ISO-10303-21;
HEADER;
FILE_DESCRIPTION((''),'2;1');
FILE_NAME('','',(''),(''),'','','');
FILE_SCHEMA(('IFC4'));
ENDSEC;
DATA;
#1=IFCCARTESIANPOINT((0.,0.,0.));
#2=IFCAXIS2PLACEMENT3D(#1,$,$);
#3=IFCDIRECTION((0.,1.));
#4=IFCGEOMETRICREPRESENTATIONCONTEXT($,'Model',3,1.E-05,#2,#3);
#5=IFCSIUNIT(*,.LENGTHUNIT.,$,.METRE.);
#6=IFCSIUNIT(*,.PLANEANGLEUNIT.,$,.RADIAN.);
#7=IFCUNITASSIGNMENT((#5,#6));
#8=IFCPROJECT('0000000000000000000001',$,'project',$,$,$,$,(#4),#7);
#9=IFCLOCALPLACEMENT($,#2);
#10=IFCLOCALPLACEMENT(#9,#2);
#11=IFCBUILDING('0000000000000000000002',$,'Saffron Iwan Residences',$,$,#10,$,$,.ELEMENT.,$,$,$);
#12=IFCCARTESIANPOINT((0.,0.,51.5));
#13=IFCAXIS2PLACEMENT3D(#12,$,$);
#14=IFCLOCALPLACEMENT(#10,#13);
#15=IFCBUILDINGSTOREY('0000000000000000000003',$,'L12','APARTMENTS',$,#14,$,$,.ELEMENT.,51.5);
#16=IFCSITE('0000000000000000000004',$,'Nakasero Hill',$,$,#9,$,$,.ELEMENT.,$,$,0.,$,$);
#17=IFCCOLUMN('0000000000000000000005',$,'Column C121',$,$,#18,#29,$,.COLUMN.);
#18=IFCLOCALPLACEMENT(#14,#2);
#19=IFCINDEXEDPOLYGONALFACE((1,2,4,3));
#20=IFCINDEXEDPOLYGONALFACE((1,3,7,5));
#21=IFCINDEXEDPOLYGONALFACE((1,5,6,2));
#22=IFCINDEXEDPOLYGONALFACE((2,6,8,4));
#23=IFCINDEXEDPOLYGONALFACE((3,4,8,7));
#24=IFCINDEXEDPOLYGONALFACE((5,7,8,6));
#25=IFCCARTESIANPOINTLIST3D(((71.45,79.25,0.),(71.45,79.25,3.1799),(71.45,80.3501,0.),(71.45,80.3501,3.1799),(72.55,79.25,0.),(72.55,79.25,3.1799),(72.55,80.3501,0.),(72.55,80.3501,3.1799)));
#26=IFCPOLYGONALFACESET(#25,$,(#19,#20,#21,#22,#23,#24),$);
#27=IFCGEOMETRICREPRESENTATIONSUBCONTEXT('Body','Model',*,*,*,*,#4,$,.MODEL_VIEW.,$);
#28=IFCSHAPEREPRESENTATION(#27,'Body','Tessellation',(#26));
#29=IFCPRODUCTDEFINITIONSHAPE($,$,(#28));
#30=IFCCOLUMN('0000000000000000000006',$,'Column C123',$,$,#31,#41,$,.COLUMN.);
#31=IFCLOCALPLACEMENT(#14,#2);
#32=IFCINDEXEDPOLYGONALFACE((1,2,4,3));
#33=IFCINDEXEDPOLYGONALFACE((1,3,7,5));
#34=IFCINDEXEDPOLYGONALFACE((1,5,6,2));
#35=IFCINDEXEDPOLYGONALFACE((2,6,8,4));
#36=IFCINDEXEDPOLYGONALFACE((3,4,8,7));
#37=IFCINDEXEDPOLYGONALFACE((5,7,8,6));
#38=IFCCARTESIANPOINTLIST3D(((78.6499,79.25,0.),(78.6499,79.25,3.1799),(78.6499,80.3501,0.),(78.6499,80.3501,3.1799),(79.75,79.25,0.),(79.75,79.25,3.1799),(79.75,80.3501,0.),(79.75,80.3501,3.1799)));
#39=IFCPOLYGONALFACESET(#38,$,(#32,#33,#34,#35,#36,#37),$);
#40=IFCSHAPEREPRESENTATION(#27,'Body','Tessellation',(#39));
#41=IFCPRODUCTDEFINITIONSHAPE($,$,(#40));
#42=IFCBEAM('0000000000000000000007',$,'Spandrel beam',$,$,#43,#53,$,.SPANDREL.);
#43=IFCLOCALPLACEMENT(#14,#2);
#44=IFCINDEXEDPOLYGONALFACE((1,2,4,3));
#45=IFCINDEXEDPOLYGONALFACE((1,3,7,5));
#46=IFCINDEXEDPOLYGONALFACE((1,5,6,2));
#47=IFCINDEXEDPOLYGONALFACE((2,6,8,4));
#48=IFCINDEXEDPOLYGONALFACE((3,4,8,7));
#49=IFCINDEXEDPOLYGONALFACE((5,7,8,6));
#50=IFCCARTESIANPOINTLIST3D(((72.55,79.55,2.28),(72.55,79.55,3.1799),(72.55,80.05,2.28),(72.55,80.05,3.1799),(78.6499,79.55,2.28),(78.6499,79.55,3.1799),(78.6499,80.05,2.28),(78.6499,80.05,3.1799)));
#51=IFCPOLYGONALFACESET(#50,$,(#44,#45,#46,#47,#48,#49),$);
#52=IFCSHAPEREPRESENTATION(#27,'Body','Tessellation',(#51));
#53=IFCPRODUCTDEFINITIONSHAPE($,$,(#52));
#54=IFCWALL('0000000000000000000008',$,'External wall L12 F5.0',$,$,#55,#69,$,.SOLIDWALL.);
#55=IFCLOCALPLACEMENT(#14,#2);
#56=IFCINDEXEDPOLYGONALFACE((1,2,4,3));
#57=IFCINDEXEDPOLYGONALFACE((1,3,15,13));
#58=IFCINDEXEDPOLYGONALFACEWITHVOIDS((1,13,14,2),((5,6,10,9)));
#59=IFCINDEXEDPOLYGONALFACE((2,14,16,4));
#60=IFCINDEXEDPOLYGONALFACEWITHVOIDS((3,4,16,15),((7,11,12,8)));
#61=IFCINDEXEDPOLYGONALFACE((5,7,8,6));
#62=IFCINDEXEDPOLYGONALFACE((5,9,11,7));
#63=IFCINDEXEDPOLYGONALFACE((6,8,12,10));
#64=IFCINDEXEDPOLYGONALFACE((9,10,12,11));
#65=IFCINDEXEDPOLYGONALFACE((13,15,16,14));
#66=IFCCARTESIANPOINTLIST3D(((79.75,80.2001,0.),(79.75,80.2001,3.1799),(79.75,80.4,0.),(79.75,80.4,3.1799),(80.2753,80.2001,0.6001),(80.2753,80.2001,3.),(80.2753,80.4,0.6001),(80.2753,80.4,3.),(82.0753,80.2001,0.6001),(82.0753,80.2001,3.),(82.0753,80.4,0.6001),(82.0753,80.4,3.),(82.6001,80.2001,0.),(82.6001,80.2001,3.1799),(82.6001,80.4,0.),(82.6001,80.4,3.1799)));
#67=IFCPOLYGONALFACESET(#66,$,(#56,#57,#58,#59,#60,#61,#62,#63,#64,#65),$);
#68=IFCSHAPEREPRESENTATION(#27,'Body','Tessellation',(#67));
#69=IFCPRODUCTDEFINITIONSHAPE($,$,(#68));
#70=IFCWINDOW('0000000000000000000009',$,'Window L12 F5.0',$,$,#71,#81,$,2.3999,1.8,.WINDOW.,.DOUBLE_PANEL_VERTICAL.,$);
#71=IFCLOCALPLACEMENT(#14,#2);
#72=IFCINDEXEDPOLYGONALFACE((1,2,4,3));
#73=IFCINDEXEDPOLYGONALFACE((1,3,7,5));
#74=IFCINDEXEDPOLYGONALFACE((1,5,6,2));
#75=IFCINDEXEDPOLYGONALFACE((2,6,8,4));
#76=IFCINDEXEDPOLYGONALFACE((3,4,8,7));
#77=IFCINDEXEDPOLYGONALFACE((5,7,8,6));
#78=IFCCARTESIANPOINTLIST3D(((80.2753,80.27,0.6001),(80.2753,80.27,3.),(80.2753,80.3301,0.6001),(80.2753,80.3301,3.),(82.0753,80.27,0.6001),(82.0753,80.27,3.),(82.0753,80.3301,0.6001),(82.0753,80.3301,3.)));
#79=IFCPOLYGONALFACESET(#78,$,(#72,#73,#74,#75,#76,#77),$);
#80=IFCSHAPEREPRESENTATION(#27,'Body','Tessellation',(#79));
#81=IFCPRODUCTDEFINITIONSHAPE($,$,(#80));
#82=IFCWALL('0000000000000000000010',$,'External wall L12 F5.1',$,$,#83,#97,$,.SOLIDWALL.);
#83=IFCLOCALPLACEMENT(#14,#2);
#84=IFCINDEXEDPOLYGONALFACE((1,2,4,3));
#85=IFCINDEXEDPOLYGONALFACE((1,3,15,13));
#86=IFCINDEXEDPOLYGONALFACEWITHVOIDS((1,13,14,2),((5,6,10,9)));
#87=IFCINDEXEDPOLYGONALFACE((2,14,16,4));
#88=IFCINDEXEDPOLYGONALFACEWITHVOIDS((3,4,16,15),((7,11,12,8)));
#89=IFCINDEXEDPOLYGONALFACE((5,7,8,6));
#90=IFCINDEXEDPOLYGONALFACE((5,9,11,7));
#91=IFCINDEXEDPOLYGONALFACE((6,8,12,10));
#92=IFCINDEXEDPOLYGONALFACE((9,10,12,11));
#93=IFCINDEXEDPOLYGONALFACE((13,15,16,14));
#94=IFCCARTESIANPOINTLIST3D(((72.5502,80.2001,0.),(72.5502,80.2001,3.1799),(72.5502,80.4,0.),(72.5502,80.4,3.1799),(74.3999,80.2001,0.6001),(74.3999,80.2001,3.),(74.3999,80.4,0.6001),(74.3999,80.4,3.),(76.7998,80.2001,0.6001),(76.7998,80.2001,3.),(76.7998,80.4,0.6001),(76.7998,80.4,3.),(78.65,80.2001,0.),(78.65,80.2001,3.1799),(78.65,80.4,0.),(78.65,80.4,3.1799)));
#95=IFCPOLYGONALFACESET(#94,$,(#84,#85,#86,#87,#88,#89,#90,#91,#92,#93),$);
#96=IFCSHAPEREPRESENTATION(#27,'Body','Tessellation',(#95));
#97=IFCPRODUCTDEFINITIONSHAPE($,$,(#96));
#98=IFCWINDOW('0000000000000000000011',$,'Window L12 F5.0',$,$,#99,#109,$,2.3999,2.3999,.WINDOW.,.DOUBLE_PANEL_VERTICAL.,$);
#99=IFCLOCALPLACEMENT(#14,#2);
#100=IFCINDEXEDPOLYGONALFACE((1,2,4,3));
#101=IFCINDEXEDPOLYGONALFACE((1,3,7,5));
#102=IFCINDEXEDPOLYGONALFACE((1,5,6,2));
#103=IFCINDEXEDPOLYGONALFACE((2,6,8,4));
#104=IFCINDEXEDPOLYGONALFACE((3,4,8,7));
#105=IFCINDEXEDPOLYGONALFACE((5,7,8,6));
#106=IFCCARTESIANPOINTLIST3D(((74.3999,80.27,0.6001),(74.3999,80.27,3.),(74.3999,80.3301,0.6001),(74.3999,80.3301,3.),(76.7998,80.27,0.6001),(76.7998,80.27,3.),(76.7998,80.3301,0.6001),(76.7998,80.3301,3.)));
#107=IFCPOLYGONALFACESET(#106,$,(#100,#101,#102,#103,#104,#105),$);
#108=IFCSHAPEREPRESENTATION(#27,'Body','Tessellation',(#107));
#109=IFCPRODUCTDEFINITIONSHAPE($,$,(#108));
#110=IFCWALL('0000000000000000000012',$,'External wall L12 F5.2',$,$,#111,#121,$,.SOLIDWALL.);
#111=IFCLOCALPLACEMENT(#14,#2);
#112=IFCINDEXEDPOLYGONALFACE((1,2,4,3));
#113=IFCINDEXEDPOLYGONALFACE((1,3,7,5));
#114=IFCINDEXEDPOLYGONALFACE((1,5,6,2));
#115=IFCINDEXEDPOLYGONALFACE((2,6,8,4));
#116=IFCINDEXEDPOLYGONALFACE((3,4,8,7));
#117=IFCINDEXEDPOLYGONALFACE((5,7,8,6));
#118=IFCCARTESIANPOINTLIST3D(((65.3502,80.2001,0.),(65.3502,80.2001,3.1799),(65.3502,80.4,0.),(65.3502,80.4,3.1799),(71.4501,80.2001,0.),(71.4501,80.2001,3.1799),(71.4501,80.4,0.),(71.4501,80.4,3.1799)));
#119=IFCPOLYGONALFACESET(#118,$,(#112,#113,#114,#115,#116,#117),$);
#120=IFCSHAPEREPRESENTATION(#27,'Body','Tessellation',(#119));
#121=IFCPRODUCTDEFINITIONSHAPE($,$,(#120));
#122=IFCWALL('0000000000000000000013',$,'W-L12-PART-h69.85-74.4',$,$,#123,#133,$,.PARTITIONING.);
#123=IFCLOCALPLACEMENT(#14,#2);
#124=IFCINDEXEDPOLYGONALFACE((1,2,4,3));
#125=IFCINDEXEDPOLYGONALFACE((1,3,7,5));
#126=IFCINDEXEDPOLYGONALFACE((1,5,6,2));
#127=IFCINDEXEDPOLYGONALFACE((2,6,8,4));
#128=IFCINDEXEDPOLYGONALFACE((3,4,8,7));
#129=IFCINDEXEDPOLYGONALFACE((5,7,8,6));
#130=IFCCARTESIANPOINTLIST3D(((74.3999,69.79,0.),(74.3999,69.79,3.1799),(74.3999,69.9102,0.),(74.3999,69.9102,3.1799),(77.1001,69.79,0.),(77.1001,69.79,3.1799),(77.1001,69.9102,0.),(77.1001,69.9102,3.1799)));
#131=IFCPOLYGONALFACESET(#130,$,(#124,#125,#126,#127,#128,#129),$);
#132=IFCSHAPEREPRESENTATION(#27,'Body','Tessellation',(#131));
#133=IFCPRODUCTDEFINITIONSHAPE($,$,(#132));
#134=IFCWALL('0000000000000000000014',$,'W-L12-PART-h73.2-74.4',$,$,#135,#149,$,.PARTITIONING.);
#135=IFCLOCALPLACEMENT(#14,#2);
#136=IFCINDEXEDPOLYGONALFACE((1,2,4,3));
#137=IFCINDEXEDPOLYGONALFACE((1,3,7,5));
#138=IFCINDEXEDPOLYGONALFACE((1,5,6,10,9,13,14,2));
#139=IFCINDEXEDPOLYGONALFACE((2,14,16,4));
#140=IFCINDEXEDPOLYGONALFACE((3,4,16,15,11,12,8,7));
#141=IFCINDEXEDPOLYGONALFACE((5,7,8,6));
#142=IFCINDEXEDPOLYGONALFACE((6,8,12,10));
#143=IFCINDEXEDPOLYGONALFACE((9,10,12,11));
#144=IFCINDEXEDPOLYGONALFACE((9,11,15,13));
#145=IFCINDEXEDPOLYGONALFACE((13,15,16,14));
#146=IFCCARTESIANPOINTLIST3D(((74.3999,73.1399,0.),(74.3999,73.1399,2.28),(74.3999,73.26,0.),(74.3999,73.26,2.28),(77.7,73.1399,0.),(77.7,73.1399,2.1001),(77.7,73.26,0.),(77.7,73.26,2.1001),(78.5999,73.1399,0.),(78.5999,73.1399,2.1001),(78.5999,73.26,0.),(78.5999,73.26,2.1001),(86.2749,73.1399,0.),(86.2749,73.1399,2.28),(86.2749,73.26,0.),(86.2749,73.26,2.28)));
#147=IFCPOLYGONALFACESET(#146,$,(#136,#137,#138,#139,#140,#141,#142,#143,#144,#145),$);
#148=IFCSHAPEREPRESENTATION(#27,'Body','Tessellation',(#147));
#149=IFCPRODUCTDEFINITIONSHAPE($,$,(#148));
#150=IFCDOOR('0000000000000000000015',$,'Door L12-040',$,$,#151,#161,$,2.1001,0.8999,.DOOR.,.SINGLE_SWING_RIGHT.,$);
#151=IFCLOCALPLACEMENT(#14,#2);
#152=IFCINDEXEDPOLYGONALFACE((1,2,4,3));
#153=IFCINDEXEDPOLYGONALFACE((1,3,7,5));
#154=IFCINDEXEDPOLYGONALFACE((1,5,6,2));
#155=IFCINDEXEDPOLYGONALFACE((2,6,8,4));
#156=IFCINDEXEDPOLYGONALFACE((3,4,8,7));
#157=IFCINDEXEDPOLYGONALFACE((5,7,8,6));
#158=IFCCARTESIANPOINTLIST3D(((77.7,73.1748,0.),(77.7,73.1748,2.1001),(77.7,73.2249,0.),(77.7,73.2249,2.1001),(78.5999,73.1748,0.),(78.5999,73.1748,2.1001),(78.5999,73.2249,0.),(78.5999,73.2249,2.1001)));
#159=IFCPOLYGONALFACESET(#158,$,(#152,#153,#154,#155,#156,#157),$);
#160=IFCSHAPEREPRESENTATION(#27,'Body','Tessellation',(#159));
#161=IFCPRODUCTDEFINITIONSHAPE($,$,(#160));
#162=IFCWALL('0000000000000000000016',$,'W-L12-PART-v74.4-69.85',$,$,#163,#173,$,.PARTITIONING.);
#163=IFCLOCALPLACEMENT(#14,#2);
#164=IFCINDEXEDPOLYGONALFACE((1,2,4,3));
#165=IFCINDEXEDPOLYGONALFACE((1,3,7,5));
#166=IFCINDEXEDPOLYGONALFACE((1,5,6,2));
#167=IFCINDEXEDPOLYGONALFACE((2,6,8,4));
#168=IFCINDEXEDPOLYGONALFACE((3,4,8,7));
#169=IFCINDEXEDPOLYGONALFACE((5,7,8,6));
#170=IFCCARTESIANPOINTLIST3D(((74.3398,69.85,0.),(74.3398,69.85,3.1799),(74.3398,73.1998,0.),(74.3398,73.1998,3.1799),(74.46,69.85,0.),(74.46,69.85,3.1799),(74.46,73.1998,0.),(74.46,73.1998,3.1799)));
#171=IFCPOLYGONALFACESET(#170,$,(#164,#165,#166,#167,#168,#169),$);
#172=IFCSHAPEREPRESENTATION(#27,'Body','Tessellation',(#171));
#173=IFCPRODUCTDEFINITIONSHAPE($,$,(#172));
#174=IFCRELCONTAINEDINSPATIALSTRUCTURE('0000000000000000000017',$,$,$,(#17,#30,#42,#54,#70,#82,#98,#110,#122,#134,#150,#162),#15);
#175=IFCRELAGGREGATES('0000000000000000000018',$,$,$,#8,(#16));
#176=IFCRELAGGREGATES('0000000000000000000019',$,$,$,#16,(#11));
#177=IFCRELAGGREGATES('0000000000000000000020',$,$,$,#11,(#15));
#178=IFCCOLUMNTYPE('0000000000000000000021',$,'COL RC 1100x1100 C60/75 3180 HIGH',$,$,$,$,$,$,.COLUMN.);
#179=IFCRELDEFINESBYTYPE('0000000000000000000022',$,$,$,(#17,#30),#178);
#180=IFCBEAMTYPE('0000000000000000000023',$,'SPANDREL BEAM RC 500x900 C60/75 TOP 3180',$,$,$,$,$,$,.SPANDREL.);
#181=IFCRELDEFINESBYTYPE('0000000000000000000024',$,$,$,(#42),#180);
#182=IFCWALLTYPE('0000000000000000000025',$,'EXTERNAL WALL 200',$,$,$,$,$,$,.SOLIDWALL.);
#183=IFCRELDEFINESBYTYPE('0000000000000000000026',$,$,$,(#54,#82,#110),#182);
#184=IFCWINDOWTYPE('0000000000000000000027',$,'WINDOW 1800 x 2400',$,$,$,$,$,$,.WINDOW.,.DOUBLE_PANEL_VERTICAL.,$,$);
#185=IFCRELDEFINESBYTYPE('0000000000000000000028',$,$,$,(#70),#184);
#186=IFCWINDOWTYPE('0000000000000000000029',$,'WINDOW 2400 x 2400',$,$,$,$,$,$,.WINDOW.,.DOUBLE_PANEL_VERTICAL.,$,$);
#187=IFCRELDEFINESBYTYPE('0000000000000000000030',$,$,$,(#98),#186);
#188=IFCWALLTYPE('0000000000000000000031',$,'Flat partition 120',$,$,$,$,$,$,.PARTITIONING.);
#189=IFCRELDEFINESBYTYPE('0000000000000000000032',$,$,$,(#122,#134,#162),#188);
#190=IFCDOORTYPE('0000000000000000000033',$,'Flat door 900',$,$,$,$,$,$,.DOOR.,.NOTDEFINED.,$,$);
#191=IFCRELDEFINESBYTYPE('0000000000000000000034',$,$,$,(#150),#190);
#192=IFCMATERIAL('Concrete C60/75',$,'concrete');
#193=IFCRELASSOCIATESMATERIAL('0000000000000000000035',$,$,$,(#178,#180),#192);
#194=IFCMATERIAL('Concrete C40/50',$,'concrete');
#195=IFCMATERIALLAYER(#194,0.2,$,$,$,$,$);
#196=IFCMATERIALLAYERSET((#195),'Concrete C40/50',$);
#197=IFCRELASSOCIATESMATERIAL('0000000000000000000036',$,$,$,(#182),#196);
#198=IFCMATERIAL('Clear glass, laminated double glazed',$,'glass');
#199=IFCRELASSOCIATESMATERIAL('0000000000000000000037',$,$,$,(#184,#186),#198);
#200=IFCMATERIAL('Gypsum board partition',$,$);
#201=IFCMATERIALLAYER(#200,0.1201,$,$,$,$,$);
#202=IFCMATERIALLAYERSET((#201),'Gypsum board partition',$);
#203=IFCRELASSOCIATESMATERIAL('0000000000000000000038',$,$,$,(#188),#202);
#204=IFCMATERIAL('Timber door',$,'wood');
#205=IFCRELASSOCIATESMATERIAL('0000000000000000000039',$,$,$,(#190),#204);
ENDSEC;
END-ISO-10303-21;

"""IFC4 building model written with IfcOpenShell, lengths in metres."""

from ifc_helpers import new_model, si_unit, direction, frame, frame_2d, origin, origin_2d, place, context, subcontext, project, spatial, rectangle, extrude, source, transform, mapped, material, layer, layer_set, material_profile, profile_set, type_object, element, fill, save


model = new_model("IFC4")

# Units and contexts
model_context = context("Model", 3, precision=1e-05, world=origin(), true_north=direction((0.0, 1.0)))
body_context = subcontext(model_context, "Body", "Model", "MODEL_VIEW")
ifc_project = project(units=[si_unit("LENGTHUNIT", "METRE"), si_unit("PLANEANGLEUNIT", "RADIAN")], contexts=[model_context])

# Site, building, storey
site_placement = place(None, origin())
site = spatial("IfcSite", under=ifc_project, at=site_placement, Name="Nakasero Hill", CompositionType="ELEMENT", RefElevation=0.0)
building_placement = place(site_placement, origin())
building = spatial("IfcBuilding", under=site, at=building_placement, Name="Saffron Iwan Residences", CompositionType="ELEMENT")
storey_placement = place(building_placement, frame((0.0, 0.0, 51.5)))
storey = spatial("IfcBuildingStorey", under=building, at=storey_placement, Name="L12", Description="APARTMENTS", CompositionType="ELEMENT", Elevation=51.5)

# Columns
ifc_material_1 = material(Name="Concrete C60/75", Category="concrete")
ifc_material_profile_1 = material_profile(ifc_material_1, rectangle(XDim=1.1001, YDim=1.1001, at=origin_2d()), Name="RC 1100x1100")
ifc_profile_set_1 = profile_set([ifc_material_profile_1], Name="Concrete C60/75")
column_type = type_object("IfcColumnType", Name="COL RC 1100x1100 C60/75 3180 HIGH", PredefinedType="COLUMN", material=ifc_profile_set_1)
shared_shape_1 = source(origin(), body_context, "Body", "SweptSolid", [
    extrude(rectangle(XDim=1.1001, YDim=1.1001, at=origin_2d()), origin(), (0.0, 0.0, 1.0), 3.1799),
])
for number, where, z_axis, x_axis, name in (
    (1, (72.0, 79.8, 0.0), (0.0, 0.0, 1.0), (1.0, 0.0, 0.0), "Column C121"),
    (2, (79.2, 79.8, 0.0), (0.0, 0.0, 1.0), (1.0, 0.0, 0.0), "Column C123"),
):
    element("IfcColumn", number, at=place(storey_placement, frame(where, z_axis=z_axis, x_axis=x_axis)), inside=storey, type_object=column_type, Name=name, PredefinedType="COLUMN", context=body_context, shape_type="MappedRepresentation", body=[
        mapped(shared_shape_1, transform((0.0, 0.0, 0.0))),
    ])

# Beam
ifc_material_profile_2 = material_profile(ifc_material_1, rectangle(XDim=0.5, YDim=0.8999, at=origin_2d()), Name="RC 500x900")
ifc_profile_set_2 = profile_set([ifc_material_profile_2], Name="Concrete C60/75")
beam_type = type_object("IfcBeamType", Name="SPANDREL BEAM RC 500x900 C60/75 TOP 3180", PredefinedType="SPANDREL", material=ifc_profile_set_2)
shared_shape_2 = source(origin(), body_context, "Body", "SweptSolid", [
    extrude(rectangle(XDim=0.5, YDim=0.8999, at=origin_2d()), origin(), (0.0, 0.0, 1.0), 6.0999),
])
beam_placement = place(storey_placement, frame((72.55, 79.8, 2.73), z_axis=(1.0, 0.0, 0.0), x_axis=(0.0, 1.0, 0.0)))
element("IfcBeam", 3, at=beam_placement, inside=storey, type_object=beam_type, Name="Spandrel beam", PredefinedType="SPANDREL", context=body_context, shape_type="MappedRepresentation", body=[
    mapped(shared_shape_2, transform((0.0, 0.0, 0.0))),
])

# Walls, openings, windows
ifc_material_2 = material(Name="Concrete C40/50", Category="concrete")
ifc_layer_1 = layer(ifc_material_2, 0.2)
ifc_layer_set_1 = layer_set([ifc_layer_1], Name="Concrete C40/50")
wall_type_1 = type_object("IfcWallType", Name="EXTERNAL WALL 200", PredefinedType="SOLIDWALL", material=ifc_layer_set_1)
wall_1_placement = place(storey_placement, frame((82.6001, 80.3, 0.0), z_axis=(0.0, 0.0, 1.0), x_axis=(-1.0, 0.0, 0.0)))
wall_1 = element("IfcWall", 4, at=wall_1_placement, inside=storey, type_object=wall_type_1, Name="External wall L12 F5.0", PredefinedType="SOLIDWALL", context=body_context, shape_type="SweptSolid", body=[
    extrude(rectangle(XDim=2.8501, YDim=0.2, at=frame_2d((1.425, 0.0))), origin(), (0.0, 0.0, 1.0), 3.1799),
])
opening_1_placement = place(wall_1_placement, frame((0.5249, 0.0, 0.6001)))
opening_1 = element("IfcOpeningElement", 5, at=opening_1_placement, cuts=wall_1, PredefinedType="OPENING", context=body_context, shape_type="SweptSolid", body=[
    extrude(rectangle(XDim=1.8, YDim=2.3999, at=frame_2d((0.8999, 1.2))), frame((0.0, 0.1099, 0.0), z_axis=(0.0, -1.0, 0.0), x_axis=(1.0, 0.0, 0.0)), (0.0, 0.0, 1.0), 0.22),
])
ifc_material_3 = material(Name="Clear glass, laminated double glazed", Category="glass")
window_type_1 = type_object("IfcWindowType", Name="WINDOW 1800 x 2400", PartitioningType="DOUBLE_PANEL_VERTICAL", PredefinedType="WINDOW", material=ifc_material_3)
window_1_placement = place(opening_1_placement, origin())
window_1 = element("IfcWindow", 6, at=window_1_placement, inside=storey, type_object=window_type_1, Name="Window L12 F5.0", OverallHeight=2.3999, OverallWidth=1.8, PartitioningType="DOUBLE_PANEL_VERTICAL", PredefinedType="WINDOW", context=body_context, shape_type="SweptSolid", body=[
    extrude(rectangle(XDim=1.8, YDim=2.3999, at=frame_2d((0.8999, 1.2))), frame((0.0, 0.03, 0.0), z_axis=(0.0, -1.0, 0.0), x_axis=(1.0, 0.0, 0.0)), (0.0, 0.0, 1.0), 0.0601),
])
fill(opening_1, window_1)
wall_2_placement = place(storey_placement, frame((78.6499, 80.3, 0.0), z_axis=(0.0, 0.0, 1.0), x_axis=(-1.0, 0.0, 0.0)))
wall_2 = element("IfcWall", 7, at=wall_2_placement, inside=storey, type_object=wall_type_1, Name="External wall L12 F5.1", PredefinedType="SOLIDWALL", context=body_context, shape_type="SweptSolid", body=[
    extrude(rectangle(XDim=6.0999, YDim=0.2, at=frame_2d((3.0498, 0.0))), origin(), (0.0, 0.0, 1.0), 3.1799),
])
opening_2_placement = place(wall_2_placement, frame((1.8501, 0.0, 0.6001)))
opening_2 = element("IfcOpeningElement", 8, at=opening_2_placement, cuts=wall_2, PredefinedType="OPENING", context=body_context, shape_type="SweptSolid", body=[
    extrude(rectangle(XDim=2.3999, YDim=2.3999, at=frame_2d((1.2, 1.2))), frame((0.0, 0.1099, 0.0), z_axis=(0.0, -1.0, 0.0), x_axis=(1.0, 0.0, 0.0)), (0.0, 0.0, 1.0), 0.22),
])
window_type_2 = type_object("IfcWindowType", Name="WINDOW 2400 x 2400", PartitioningType="DOUBLE_PANEL_VERTICAL", PredefinedType="WINDOW", material=ifc_material_3)
window_2_placement = place(opening_2_placement, origin())
window_2 = element("IfcWindow", 9, at=window_2_placement, inside=storey, type_object=window_type_2, Name="Window L12 F5.0", OverallHeight=2.3999, OverallWidth=2.3999, PartitioningType="DOUBLE_PANEL_VERTICAL", PredefinedType="WINDOW", context=body_context, shape_type="SweptSolid", body=[
    extrude(rectangle(XDim=2.3999, YDim=2.3999, at=frame_2d((1.2, 1.2))), frame((0.0, 0.03, 0.0), z_axis=(0.0, -1.0, 0.0), x_axis=(1.0, 0.0, 0.0)), (0.0, 0.0, 1.0), 0.0601),
])
fill(opening_2, window_2)

# Walls
wall_3_placement = place(storey_placement, frame((71.45, 80.3, 0.0), z_axis=(0.0, 0.0, 1.0), x_axis=(-1.0, 0.0, 0.0)))
element("IfcWall", 10, at=wall_3_placement, inside=storey, type_object=wall_type_1, Name="External wall L12 F5.2", PredefinedType="SOLIDWALL", context=body_context, shape_type="SweptSolid", body=[
    extrude(rectangle(XDim=6.0999, YDim=0.2, at=frame_2d((3.0498, 0.0))), origin(), (0.0, 0.0, 1.0), 3.1799),
])
ifc_material_4 = material(Name="Gypsum board partition")
ifc_layer_2 = layer(ifc_material_4, 0.1201)
ifc_layer_set_2 = layer_set([ifc_layer_2], Name="Gypsum board partition")
wall_type_2 = type_object("IfcWallType", Name="Flat partition 120", PredefinedType="PARTITIONING", material=ifc_layer_set_2)
wall_4_placement = place(storey_placement, frame((74.3999, 69.8501, 0.0), z_axis=(0.0, 0.0, 1.0), x_axis=(1.0, 0.0, 0.0)))
element("IfcWall", 11, at=wall_4_placement, inside=storey, type_object=wall_type_2, Name="W-L12-PART-h69.85-74.4", PredefinedType="PARTITIONING", context=body_context, shape_type="SweptSolid", body=[
    extrude(rectangle(XDim=2.7002, YDim=0.1201, at=frame_2d((1.3501, 0.0))), origin(), (0.0, 0.0, 1.0), 3.1799),
])

# Wall, opening, door
wall_5_placement = place(storey_placement, frame((74.3999, 73.2, 0.0), z_axis=(0.0, 0.0, 1.0), x_axis=(1.0, 0.0, 0.0)))
wall_5 = element("IfcWall", 12, at=wall_5_placement, inside=storey, type_object=wall_type_2, Name="W-L12-PART-h73.2-74.4", PredefinedType="PARTITIONING", context=body_context, shape_type="SweptSolid", body=[
    extrude(rectangle(XDim=11.875, YDim=0.1201, at=frame_2d((5.9375, 0.0))), origin(), (0.0, 0.0, 1.0), 2.28),
])
opening_3_placement = place(wall_5_placement, frame((3.3, 0.0, 0.0)))
opening_3 = element("IfcOpeningElement", 13, at=opening_3_placement, cuts=wall_5, PredefinedType="OPENING", context=body_context, shape_type="SweptSolid", body=[
    extrude(rectangle(XDim=0.8999, YDim=2.1001, at=frame_2d((0.45, 1.05))), frame((0.0, 0.0701, 0.0), z_axis=(0.0, -1.0, 0.0), x_axis=(1.0, 0.0, 0.0)), (0.0, 0.0, 1.0), 0.1401),
])
ifc_material_5 = material(Name="Timber door", Category="wood")
door_type = type_object("IfcDoorType", Name="Flat door 900", OperationType="NOTDEFINED", PredefinedType="DOOR", material=ifc_material_5)
door_placement = place(opening_3_placement, origin())
door = element("IfcDoor", 14, at=door_placement, inside=storey, type_object=door_type, Name="Door L12-040", OperationType="SINGLE_SWING_RIGHT", OverallHeight=2.1001, OverallWidth=0.8999, PredefinedType="DOOR", context=body_context, shape_type="SweptSolid", body=[
    extrude(rectangle(XDim=0.8999, YDim=2.1001, at=frame_2d((0.45, 1.05))), frame((0.0, 0.0249, 0.0), z_axis=(0.0, -1.0, 0.0), x_axis=(1.0, 0.0, 0.0)), (0.0, 0.0, 1.0), 0.05),
])
fill(opening_3, door)

# Wall
wall_6_placement = place(storey_placement, frame((74.3999, 69.8501, 0.0), z_axis=(0.0, 0.0, 1.0), x_axis=(0.0, 1.0, 0.0)))
element("IfcWall", 15, at=wall_6_placement, inside=storey, type_object=wall_type_2, Name="W-L12-PART-v74.4-69.85", PredefinedType="PARTITIONING", context=body_context, shape_type="SweptSolid", body=[
    extrude(rectangle(XDim=3.3499, YDim=0.1201, at=frame_2d((1.6748, 0.0))), origin(), (0.0, 0.0, 1.0), 3.1799),
])

save(model, "model.ifc")
